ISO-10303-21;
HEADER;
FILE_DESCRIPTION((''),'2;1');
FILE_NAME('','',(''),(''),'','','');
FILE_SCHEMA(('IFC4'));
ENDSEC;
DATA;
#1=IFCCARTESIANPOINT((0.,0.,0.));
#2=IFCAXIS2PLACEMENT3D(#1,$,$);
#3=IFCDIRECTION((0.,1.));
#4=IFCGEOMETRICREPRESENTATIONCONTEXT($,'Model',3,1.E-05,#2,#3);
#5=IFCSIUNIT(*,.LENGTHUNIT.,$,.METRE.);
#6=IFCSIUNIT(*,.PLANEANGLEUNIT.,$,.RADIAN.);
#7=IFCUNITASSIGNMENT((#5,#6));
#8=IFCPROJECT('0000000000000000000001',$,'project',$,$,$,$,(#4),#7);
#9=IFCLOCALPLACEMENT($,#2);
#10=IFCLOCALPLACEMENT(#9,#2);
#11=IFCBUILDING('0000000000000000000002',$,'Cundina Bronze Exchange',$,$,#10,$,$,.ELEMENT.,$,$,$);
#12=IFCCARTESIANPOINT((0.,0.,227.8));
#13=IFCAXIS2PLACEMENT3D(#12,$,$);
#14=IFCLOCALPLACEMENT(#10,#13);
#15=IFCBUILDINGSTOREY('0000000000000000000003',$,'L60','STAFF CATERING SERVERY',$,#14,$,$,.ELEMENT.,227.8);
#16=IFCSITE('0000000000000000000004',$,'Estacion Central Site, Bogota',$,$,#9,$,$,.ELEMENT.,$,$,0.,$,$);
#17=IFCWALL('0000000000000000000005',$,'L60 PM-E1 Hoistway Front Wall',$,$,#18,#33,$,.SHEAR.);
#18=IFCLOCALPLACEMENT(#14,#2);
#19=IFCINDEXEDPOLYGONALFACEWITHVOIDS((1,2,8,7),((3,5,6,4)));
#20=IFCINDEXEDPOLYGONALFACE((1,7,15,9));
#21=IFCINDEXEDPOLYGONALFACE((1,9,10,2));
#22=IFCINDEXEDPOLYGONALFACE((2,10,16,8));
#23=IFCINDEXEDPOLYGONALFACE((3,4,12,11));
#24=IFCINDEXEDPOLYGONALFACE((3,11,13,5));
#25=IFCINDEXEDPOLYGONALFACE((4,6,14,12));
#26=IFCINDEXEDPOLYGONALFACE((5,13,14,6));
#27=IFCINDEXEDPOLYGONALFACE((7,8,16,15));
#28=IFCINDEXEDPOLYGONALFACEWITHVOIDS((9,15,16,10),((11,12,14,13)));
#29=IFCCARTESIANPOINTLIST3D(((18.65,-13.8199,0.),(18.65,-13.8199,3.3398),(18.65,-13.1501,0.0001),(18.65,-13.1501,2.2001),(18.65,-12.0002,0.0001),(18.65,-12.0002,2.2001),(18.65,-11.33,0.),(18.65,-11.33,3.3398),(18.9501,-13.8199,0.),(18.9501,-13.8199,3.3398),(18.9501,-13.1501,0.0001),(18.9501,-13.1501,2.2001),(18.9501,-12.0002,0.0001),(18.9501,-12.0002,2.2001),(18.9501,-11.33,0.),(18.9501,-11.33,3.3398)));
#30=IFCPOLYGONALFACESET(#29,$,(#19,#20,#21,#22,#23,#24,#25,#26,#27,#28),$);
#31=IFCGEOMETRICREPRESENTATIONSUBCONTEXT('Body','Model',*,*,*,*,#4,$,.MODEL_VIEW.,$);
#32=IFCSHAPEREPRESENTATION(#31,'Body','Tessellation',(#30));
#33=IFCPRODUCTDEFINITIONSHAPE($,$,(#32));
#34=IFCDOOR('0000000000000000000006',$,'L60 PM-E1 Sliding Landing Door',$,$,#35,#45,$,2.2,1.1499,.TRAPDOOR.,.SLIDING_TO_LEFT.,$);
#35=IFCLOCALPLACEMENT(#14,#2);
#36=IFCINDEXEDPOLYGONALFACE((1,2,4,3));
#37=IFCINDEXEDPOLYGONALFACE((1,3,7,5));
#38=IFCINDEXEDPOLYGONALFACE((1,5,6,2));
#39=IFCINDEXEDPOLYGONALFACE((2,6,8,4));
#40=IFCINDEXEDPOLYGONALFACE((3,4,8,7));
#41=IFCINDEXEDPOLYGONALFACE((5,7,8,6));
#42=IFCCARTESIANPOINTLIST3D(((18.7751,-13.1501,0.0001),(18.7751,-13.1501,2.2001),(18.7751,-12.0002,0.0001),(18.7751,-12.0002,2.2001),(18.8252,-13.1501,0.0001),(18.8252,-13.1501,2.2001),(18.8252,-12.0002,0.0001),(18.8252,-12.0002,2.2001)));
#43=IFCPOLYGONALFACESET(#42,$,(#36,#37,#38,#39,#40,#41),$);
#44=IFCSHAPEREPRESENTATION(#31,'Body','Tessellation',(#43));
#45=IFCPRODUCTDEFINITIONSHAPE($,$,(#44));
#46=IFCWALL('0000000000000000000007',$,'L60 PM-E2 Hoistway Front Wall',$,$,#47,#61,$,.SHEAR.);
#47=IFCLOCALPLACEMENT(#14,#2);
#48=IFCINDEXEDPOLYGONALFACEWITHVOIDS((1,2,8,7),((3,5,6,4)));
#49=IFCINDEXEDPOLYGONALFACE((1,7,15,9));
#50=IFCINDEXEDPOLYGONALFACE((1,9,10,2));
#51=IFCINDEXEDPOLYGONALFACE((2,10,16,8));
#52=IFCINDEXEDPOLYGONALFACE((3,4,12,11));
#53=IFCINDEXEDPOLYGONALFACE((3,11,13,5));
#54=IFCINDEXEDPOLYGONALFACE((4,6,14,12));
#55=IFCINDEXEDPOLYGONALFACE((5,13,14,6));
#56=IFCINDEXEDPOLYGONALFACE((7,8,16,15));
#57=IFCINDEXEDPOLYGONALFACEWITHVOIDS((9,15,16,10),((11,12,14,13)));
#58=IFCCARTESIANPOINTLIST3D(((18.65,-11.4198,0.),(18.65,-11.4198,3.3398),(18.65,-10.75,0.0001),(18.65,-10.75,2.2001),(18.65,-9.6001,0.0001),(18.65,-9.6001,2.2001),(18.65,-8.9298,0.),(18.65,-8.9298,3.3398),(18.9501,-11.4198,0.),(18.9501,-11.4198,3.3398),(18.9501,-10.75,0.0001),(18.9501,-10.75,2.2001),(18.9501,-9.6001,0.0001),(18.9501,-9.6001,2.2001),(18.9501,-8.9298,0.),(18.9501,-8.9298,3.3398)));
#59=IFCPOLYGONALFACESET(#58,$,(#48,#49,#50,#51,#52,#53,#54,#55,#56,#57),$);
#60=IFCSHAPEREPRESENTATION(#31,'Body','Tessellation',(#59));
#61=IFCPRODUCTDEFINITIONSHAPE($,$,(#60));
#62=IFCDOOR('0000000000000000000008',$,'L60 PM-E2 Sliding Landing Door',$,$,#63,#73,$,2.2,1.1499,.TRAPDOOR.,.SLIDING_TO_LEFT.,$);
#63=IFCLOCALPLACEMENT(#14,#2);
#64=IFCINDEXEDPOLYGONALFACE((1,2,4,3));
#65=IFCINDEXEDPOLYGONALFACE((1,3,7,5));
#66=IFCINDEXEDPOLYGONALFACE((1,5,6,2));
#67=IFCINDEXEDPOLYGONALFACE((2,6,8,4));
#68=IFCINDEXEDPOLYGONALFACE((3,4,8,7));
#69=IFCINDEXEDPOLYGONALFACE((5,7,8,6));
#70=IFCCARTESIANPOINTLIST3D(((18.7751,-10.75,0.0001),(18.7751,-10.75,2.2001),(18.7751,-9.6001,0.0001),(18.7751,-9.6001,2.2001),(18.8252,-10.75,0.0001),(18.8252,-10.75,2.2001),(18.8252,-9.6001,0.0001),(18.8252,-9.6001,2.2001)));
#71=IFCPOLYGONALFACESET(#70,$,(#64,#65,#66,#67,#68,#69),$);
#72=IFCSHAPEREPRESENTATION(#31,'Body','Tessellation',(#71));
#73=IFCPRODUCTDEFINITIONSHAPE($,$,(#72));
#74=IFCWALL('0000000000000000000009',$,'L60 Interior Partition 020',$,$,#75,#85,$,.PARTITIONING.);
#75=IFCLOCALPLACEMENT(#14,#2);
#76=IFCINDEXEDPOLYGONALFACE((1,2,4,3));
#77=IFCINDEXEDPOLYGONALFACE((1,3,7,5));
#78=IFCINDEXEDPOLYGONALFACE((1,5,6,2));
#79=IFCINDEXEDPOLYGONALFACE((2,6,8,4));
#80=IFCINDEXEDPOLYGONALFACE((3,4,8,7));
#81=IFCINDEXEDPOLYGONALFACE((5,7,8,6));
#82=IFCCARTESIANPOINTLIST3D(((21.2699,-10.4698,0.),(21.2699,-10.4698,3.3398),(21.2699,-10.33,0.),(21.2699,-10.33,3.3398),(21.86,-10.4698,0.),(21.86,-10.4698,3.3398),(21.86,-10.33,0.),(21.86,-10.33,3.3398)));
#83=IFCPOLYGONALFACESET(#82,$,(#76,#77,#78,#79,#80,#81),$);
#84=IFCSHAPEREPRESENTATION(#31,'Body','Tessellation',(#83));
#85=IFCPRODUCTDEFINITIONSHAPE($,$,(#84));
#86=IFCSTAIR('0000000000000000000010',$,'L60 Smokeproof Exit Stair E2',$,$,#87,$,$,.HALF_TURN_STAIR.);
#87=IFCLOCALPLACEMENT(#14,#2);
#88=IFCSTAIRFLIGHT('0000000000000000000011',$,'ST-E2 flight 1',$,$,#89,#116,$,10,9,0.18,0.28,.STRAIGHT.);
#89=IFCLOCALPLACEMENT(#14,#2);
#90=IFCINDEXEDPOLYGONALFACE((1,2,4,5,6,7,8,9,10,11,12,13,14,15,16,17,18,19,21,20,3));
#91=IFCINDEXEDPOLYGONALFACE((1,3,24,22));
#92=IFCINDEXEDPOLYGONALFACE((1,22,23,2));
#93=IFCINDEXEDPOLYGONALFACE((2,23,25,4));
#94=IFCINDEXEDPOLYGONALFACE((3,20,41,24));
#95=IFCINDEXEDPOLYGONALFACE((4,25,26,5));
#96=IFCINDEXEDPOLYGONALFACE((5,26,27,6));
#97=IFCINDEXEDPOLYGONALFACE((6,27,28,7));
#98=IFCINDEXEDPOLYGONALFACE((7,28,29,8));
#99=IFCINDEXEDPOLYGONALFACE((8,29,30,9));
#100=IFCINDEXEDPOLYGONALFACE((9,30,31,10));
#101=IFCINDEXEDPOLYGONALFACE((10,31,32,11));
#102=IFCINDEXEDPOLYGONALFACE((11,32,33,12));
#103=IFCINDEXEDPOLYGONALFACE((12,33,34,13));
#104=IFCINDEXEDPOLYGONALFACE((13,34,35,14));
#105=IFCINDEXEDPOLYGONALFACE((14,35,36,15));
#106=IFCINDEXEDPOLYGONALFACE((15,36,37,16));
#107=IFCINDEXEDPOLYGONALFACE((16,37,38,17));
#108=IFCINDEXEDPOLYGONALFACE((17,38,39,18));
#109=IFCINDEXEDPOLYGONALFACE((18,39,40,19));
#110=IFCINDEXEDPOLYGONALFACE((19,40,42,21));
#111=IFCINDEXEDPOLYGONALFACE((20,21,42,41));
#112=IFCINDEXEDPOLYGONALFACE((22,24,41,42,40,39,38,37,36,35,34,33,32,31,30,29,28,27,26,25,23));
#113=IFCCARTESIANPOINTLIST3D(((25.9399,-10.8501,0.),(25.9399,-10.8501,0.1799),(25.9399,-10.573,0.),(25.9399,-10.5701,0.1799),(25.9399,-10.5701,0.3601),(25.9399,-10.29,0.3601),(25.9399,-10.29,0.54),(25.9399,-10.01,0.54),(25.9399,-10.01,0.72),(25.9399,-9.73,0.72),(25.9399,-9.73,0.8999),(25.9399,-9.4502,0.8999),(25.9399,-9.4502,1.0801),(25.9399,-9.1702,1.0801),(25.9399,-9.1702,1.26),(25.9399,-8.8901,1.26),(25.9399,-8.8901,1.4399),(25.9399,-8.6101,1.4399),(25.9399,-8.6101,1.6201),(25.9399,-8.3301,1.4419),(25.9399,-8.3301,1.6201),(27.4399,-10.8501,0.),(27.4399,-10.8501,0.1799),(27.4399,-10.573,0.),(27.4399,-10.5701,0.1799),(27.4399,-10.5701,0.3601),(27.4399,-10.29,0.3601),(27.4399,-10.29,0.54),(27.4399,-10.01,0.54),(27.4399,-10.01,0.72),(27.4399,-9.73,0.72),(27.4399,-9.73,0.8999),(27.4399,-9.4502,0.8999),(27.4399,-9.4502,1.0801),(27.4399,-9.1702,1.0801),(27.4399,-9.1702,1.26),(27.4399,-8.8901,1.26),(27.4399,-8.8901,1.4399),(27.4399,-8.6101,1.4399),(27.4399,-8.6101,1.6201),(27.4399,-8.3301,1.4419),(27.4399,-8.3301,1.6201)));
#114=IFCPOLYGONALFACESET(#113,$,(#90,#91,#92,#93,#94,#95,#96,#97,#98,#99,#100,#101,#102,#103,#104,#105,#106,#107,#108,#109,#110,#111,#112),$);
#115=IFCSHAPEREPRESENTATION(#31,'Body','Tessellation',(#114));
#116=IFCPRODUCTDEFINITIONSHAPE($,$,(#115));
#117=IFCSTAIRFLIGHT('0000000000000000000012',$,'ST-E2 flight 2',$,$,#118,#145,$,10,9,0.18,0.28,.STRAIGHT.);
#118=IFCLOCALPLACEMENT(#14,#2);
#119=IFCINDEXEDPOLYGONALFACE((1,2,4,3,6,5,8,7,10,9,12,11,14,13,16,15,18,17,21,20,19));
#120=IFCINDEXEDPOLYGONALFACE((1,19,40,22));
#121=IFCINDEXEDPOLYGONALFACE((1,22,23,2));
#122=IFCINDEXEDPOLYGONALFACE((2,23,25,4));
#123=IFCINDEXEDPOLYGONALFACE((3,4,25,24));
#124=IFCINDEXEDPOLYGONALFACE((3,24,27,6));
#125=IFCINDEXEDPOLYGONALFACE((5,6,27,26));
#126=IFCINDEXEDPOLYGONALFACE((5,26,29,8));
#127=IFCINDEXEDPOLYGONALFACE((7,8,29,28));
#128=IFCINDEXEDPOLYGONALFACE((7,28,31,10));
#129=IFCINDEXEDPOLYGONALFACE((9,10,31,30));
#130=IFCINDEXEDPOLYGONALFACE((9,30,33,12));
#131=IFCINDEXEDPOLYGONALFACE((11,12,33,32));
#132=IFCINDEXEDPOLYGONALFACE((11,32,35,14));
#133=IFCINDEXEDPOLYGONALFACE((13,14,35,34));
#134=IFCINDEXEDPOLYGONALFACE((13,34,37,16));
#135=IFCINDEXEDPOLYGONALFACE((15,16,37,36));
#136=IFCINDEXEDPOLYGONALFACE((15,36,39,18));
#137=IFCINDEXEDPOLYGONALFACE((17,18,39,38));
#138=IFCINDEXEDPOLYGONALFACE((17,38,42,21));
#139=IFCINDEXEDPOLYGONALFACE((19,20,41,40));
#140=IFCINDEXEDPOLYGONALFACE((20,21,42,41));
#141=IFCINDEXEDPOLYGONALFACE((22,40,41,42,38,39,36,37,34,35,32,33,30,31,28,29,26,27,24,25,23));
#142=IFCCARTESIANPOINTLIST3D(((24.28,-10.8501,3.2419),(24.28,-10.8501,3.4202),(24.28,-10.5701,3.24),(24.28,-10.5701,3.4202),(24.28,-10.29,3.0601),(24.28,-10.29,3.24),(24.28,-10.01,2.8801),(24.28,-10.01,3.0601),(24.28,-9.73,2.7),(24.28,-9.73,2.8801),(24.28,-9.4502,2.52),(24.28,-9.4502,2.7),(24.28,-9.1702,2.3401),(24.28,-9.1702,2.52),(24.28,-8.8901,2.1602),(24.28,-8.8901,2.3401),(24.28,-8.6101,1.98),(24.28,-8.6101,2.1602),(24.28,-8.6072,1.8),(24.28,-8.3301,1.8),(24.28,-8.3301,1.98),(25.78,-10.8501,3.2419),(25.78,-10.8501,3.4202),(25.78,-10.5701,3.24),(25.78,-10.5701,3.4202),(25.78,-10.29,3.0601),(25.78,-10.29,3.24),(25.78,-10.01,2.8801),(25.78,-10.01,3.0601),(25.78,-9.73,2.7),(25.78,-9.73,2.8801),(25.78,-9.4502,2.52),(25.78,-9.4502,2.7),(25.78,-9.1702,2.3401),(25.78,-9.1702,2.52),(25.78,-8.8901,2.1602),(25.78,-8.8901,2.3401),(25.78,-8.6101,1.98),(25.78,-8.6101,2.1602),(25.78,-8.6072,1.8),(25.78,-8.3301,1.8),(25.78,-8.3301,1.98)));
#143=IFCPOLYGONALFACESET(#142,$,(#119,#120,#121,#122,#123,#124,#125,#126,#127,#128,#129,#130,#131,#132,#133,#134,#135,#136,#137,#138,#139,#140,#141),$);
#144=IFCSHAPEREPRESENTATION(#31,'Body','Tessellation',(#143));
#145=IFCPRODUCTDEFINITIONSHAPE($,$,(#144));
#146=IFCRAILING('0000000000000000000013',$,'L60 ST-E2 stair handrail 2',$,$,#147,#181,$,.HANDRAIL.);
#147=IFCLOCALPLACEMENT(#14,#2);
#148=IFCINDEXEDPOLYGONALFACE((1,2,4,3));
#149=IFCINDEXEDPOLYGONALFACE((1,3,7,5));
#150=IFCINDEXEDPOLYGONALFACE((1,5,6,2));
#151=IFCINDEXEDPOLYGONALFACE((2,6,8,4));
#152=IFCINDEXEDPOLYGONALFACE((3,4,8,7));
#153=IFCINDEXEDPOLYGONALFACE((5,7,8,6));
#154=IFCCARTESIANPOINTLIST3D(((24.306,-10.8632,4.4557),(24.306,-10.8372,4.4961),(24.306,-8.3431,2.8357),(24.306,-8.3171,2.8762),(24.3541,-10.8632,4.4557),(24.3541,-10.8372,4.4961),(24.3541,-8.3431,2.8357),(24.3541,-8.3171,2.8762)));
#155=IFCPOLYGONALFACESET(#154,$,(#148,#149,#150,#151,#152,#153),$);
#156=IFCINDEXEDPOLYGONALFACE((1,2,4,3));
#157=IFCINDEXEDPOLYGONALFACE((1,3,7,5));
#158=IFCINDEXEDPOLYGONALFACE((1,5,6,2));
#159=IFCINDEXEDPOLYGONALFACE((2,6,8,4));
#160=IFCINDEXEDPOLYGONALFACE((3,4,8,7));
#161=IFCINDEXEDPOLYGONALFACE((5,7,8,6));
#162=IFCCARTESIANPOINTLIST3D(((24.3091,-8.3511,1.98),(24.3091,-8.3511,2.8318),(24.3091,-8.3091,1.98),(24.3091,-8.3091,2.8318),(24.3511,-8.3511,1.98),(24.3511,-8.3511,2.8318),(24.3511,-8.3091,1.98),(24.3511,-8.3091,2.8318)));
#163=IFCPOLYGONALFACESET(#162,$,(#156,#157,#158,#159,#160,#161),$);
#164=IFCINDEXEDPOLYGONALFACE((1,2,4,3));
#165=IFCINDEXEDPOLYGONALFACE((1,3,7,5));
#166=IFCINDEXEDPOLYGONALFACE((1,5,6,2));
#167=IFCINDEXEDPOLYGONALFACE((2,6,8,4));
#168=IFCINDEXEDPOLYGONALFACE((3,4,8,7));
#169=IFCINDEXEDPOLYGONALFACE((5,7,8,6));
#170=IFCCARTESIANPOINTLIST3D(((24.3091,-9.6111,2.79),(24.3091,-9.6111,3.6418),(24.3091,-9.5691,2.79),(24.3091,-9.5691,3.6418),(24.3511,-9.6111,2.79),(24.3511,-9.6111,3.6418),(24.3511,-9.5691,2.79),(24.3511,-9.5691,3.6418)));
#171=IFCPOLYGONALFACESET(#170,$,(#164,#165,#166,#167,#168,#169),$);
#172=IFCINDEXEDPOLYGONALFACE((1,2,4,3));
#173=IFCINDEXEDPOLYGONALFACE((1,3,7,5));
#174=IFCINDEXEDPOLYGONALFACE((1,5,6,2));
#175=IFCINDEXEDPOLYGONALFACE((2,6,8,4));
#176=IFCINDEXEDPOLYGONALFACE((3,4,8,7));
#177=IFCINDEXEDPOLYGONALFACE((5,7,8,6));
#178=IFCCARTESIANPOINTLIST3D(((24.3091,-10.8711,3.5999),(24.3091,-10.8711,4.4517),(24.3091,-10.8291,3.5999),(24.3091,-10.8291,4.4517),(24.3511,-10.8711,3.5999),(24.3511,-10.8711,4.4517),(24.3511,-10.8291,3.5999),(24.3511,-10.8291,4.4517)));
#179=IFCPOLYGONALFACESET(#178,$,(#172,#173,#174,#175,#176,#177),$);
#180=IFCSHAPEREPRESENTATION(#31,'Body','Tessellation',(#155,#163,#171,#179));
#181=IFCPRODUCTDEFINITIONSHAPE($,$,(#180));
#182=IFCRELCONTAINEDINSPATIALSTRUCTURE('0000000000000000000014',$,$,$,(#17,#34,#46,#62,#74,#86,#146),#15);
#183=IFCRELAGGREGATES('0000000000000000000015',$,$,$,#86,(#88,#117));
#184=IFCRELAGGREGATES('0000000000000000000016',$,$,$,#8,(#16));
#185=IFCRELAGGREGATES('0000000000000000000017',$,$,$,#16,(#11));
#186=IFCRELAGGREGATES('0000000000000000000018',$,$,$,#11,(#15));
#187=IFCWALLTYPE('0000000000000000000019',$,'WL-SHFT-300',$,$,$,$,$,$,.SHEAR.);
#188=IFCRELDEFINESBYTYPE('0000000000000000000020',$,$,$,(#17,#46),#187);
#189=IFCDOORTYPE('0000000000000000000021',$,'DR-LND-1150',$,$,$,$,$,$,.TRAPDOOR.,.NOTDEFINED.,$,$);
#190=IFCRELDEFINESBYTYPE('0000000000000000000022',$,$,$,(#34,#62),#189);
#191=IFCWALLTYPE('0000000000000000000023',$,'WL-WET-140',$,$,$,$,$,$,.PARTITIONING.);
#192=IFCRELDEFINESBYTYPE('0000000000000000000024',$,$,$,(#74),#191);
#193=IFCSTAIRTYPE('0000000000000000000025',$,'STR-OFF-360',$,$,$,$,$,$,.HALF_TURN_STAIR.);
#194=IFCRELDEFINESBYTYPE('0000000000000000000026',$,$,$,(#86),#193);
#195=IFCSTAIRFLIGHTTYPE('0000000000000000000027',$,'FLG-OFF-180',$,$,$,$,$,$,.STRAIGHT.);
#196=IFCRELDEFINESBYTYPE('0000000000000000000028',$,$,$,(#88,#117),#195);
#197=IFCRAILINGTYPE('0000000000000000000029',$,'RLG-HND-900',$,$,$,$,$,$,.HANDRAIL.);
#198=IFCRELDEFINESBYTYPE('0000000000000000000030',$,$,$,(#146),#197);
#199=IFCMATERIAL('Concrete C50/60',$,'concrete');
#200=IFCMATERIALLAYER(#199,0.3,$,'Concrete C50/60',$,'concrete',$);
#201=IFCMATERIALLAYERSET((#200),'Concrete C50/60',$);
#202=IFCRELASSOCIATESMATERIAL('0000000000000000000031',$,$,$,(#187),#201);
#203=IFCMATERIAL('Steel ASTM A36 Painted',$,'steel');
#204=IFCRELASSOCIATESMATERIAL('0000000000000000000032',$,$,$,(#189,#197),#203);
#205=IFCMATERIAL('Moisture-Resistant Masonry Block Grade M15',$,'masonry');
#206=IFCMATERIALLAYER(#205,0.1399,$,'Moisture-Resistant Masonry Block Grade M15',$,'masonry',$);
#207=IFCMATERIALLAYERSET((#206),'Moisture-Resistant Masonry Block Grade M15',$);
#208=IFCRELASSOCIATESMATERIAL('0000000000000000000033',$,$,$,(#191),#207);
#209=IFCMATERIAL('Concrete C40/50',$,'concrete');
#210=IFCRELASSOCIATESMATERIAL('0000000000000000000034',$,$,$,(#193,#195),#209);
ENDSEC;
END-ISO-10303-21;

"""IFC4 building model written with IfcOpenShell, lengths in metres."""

from ifc_helpers import new_model, si_unit, direction, frame, frame_2d, origin, origin_2d, place, context, subcontext, project, spatial, polyline, rectangle, outline, extrude, material, layer, layer_set, type_object, element, fill, aggregate, save


model = new_model("IFC4")

# Units and contexts
model_context = context("Model", 3, precision=1e-05, world=origin(), true_north=direction((0.0, 1.0)))
body_context = subcontext(model_context, "Body", "Model", "MODEL_VIEW")
ifc_project = project(units=[si_unit("LENGTHUNIT", "METRE"), si_unit("PLANEANGLEUNIT", "RADIAN")], contexts=[model_context])

# Site, building, storey
site_placement = place(None, origin())
site = spatial("IfcSite", under=ifc_project, at=site_placement, Name="Estacion Central Site, Bogota", CompositionType="ELEMENT", RefElevation=0.0)
building_placement = place(site_placement, origin())
building = spatial("IfcBuilding", under=site, at=building_placement, Name="Cundina Bronze Exchange", CompositionType="ELEMENT")
storey_placement = place(building_placement, frame((0.0, 0.0, 227.8)))
storey = spatial("IfcBuildingStorey", under=building, at=storey_placement, Name="L60", Description="STAFF CATERING SERVERY", CompositionType="ELEMENT", Elevation=227.8)

# Shared definitions
ifc_material_1 = material(Name="Concrete C50/60", Category="concrete")

# Shared definitions
ifc_layer_1 = layer(ifc_material_1, 0.3, Name="Concrete C50/60", Category="concrete")
ifc_layer_set_1 = layer_set([ifc_layer_1], Name="Concrete C50/60")
wall_type_1 = type_object("IfcWallType", Name="WL-SHFT-300", PredefinedType="SHEAR", material=ifc_layer_set_1)

# Shared definitions
ifc_material_2 = material(Name="Steel ASTM A36 Painted", Category="steel")
door_type_1 = type_object("IfcDoorType", Name="DR-LND-1150", OperationType="NOTDEFINED", PredefinedType="TRAPDOOR", material=ifc_material_2)

# Walls, openings, doors
wall_1_placement = place(storey_placement, frame((18.8, -13.8201, 0.0), z_axis=(0.0, 0.0, 1.0), x_axis=(0.0, 1.0, 0.0)))
wall_1 = element("IfcWall", 1, at=wall_1_placement, inside=storey, type_object=wall_type_1, Name="L60 PM-E1 Hoistway Front Wall", PredefinedType="SHEAR", context=body_context, shape_type="SweptSolid", body=[
    extrude(rectangle(XDim=2.49, YDim=0.3, at=frame_2d((1.2451, 0.0))), origin(), (0.0, 0.0, 1.0), 3.3398),
])
opening_1_placement = place(wall_1_placement, frame((0.6699, 0.0, 0.0)))
opening_1 = element("IfcOpeningElement", 2, at=opening_1_placement, cuts=wall_1, PredefinedType="OPENING", context=body_context, shape_type="SweptSolid", body=[
    extrude(rectangle(XDim=1.1499, YDim=2.2, at=frame_2d((0.575, 1.1001))), frame((0.0, 0.1599, 0.0), z_axis=(0.0, -1.0, 0.0), x_axis=(1.0, 0.0, 0.0)), (0.0, 0.0, 1.0), 0.3201),
])
door_1_placement = place(opening_1_placement, origin())
door_1 = element("IfcDoor", 3, at=door_1_placement, inside=storey, type_object=door_type_1, Name="L60 PM-E1 Sliding Landing Door", OperationType="SLIDING_TO_LEFT", OverallHeight=2.2, OverallWidth=1.1499, PredefinedType="TRAPDOOR", context=body_context, shape_type="SweptSolid", body=[
    extrude(rectangle(XDim=1.1499, YDim=2.2, at=frame_2d((0.575, 1.1001))), frame((0.0, 0.0249, 0.0), z_axis=(0.0, -1.0, 0.0), x_axis=(1.0, 0.0, 0.0)), (0.0, 0.0, 1.0), 0.05),
])
fill(opening_1, door_1)
wall_2_placement = place(storey_placement, frame((18.8, -11.4199, 0.0), z_axis=(0.0, 0.0, 1.0), x_axis=(0.0, 1.0, 0.0)))
wall_2 = element("IfcWall", 4, at=wall_2_placement, inside=storey, type_object=wall_type_1, Name="L60 PM-E2 Hoistway Front Wall", PredefinedType="SHEAR", context=body_context, shape_type="SweptSolid", body=[
    extrude(rectangle(XDim=2.49, YDim=0.3, at=frame_2d((1.2451, 0.0))), origin(), (0.0, 0.0, 1.0), 3.3398),
])
opening_2_placement = place(wall_2_placement, frame((0.6699, 0.0, 0.0)))
opening_2 = element("IfcOpeningElement", 5, at=opening_2_placement, cuts=wall_2, PredefinedType="OPENING", context=body_context, shape_type="SweptSolid", body=[
    extrude(rectangle(XDim=1.1499, YDim=2.2, at=frame_2d((0.575, 1.1001))), frame((0.0, 0.1599, 0.0), z_axis=(0.0, -1.0, 0.0), x_axis=(1.0, 0.0, 0.0)), (0.0, 0.0, 1.0), 0.3201),
])
door_2_placement = place(opening_2_placement, origin())
door_2 = element("IfcDoor", 6, at=door_2_placement, inside=storey, type_object=door_type_1, Name="L60 PM-E2 Sliding Landing Door", OperationType="SLIDING_TO_LEFT", OverallHeight=2.2, OverallWidth=1.1499, PredefinedType="TRAPDOOR", context=body_context, shape_type="SweptSolid", body=[
    extrude(rectangle(XDim=1.1499, YDim=2.2, at=frame_2d((0.575, 1.1001))), frame((0.0, 0.0249, 0.0), z_axis=(0.0, -1.0, 0.0), x_axis=(1.0, 0.0, 0.0)), (0.0, 0.0, 1.0), 0.05),
])
fill(opening_2, door_2)

# Wall
ifc_material_3 = material(Name="Moisture-Resistant Masonry Block Grade M15", Category="masonry")
ifc_layer_2 = layer(ifc_material_3, 0.1399, Name="Moisture-Resistant Masonry Block Grade M15", Category="masonry")
ifc_layer_set_2 = layer_set([ifc_layer_2], Name="Moisture-Resistant Masonry Block Grade M15")
wall_type_2 = type_object("IfcWallType", Name="WL-WET-140", PredefinedType="PARTITIONING", material=ifc_layer_set_2)
wall_3_placement = place(storey_placement, frame((21.27, -10.3999, 0.0), z_axis=(0.0, 0.0, 1.0), x_axis=(1.0, 0.0, 0.0)))
element("IfcWall", 7, at=wall_3_placement, inside=storey, type_object=wall_type_2, Name="L60 Interior Partition 020", PredefinedType="PARTITIONING", context=body_context, shape_type="SweptSolid", body=[
    extrude(rectangle(XDim=0.5901, YDim=0.1399, at=frame_2d((0.2949, 0.0))), origin(), (0.0, 0.0, 1.0), 3.3398),
])

# Stair, stair flights
ifc_material_4 = material(Name="Concrete C40/50", Category="concrete")
stair_type = type_object("IfcStairType", Name="STR-OFF-360", PredefinedType="HALF_TURN_STAIR", material=ifc_material_4)
stair_placement = place(storey_placement, origin())
stair = element("IfcStair", 8, at=stair_placement, inside=storey, type_object=stair_type, Name="L60 Smokeproof Exit Stair E2", PredefinedType="HALF_TURN_STAIR")
stair_flight_type = type_object("IfcStairFlightType", Name="FLG-OFF-180", PredefinedType="STRAIGHT", material=ifc_material_4)
stair_flight_1_placement = place(storey_placement, frame((26.6899, -10.8501, 0.0), z_axis=(0.0, 0.0, 1.0), x_axis=(0.0, 1.0, 0.0)))
stair_flight_1 = element("IfcStairFlight", 9, at=stair_flight_1_placement, type_object=stair_flight_type, Name="ST-E2 flight 1", NumberOfRisers=10, NumberOfTreads=9, PredefinedType="STRAIGHT", RiserHeight=0.18, TreadLength=0.28, context=body_context, shape_type="SweptSolid", body=[
    extrude(outline(polyline([(0.0, 0.0), (0.0, 0.1799), (0.28, 0.1799), (0.28, 0.3601), (0.5601, 0.3601), (0.5601, 0.54), (0.8401, 0.54), (0.8401, 0.72), (1.1201, 0.72), (1.1201, 0.8999), (1.3999, 0.8999), (1.3999, 1.0801), (1.6799, 1.0801), (1.6799, 1.26), (1.96, 1.26), (1.96, 1.4399), (2.24, 1.4399), (2.24, 1.6201), (2.52, 1.6201), (2.52, 1.8), (2.52, 1.4419), (0.2771, 0.0), (0.0, 0.0)])), frame((0.0, 0.75, 0.0), z_axis=(0.0, -1.0, 0.0), x_axis=(1.0, 0.0, 0.0)), (0.0, 0.0, 1.0), 1.5),
])
stair_flight_2_placement = place(storey_placement, frame((25.03, -8.3301, 1.8), z_axis=(0.0, 0.0, 1.0), x_axis=(0.0, -1.0, 0.0)))
stair_flight_2 = element("IfcStairFlight", 10, at=stair_flight_2_placement, type_object=stair_flight_type, Name="ST-E2 flight 2", NumberOfRisers=10, NumberOfTreads=9, PredefinedType="STRAIGHT", RiserHeight=0.18, TreadLength=0.28, context=body_context, shape_type="SweptSolid", body=[
    extrude(outline(polyline([(0.0, 0.0), (0.0, 0.1799), (0.28, 0.1799), (0.28, 0.3601), (0.5601, 0.3601), (0.5601, 0.54), (0.8401, 0.54), (0.8401, 0.72), (1.1201, 0.72), (1.1201, 0.8999), (1.3999, 0.8999), (1.3999, 1.0801), (1.6799, 1.0801), (1.6799, 1.26), (1.96, 1.26), (1.96, 1.4399), (2.24, 1.4399), (2.24, 1.6201), (2.52, 1.6201), (2.52, 1.8), (2.52, 1.4419), (0.2771, 0.0), (0.0, 0.0)])), frame((0.0, 0.75, 0.0), z_axis=(0.0, -1.0, 0.0), x_axis=(1.0, 0.0, 0.0)), (0.0, 0.0, 1.0), 1.5),
])
aggregate(stair, [stair_flight_1, stair_flight_2])

# Railing
railing_type_1 = type_object("IfcRailingType", Name="RLG-HND-900", PredefinedType="HANDRAIL", material=ifc_material_2)
railing_1_placement = place(storey_placement, frame((24.3301, -8.3301, 1.98)))
element("IfcRailing", 11, at=railing_1_placement, inside=storey, type_object=railing_type_1, Name="L60 ST-E2 stair handrail 2", PredefinedType="HANDRAIL", context=body_context, shape_type="SweptSolid", body=[
    extrude(rectangle(XDim=0.0481, YDim=0.0481, at=origin_2d()), frame((0.0, 0.0, 0.876), z_axis=(0.0, -0.8412, 0.540725), x_axis=(1.0, 0.0, 0.0)), (0.0, 0.0, 1.0), 2.9958),
    extrude(rectangle(XDim=0.042, YDim=0.042, at=origin_2d()), origin(), (0.0, 0.0, 1.0), 0.8518),
    extrude(rectangle(XDim=0.042, YDim=0.042, at=origin_2d()), frame((0.0, -1.26, 0.8101)), (0.0, 0.0, 1.0), 0.8518),
    extrude(rectangle(XDim=0.042, YDim=0.042, at=origin_2d()), frame((0.0, -2.52, 1.6199)), (0.0, 0.0, 1.0), 0.8518),
])

save(model, "model.ifc")
